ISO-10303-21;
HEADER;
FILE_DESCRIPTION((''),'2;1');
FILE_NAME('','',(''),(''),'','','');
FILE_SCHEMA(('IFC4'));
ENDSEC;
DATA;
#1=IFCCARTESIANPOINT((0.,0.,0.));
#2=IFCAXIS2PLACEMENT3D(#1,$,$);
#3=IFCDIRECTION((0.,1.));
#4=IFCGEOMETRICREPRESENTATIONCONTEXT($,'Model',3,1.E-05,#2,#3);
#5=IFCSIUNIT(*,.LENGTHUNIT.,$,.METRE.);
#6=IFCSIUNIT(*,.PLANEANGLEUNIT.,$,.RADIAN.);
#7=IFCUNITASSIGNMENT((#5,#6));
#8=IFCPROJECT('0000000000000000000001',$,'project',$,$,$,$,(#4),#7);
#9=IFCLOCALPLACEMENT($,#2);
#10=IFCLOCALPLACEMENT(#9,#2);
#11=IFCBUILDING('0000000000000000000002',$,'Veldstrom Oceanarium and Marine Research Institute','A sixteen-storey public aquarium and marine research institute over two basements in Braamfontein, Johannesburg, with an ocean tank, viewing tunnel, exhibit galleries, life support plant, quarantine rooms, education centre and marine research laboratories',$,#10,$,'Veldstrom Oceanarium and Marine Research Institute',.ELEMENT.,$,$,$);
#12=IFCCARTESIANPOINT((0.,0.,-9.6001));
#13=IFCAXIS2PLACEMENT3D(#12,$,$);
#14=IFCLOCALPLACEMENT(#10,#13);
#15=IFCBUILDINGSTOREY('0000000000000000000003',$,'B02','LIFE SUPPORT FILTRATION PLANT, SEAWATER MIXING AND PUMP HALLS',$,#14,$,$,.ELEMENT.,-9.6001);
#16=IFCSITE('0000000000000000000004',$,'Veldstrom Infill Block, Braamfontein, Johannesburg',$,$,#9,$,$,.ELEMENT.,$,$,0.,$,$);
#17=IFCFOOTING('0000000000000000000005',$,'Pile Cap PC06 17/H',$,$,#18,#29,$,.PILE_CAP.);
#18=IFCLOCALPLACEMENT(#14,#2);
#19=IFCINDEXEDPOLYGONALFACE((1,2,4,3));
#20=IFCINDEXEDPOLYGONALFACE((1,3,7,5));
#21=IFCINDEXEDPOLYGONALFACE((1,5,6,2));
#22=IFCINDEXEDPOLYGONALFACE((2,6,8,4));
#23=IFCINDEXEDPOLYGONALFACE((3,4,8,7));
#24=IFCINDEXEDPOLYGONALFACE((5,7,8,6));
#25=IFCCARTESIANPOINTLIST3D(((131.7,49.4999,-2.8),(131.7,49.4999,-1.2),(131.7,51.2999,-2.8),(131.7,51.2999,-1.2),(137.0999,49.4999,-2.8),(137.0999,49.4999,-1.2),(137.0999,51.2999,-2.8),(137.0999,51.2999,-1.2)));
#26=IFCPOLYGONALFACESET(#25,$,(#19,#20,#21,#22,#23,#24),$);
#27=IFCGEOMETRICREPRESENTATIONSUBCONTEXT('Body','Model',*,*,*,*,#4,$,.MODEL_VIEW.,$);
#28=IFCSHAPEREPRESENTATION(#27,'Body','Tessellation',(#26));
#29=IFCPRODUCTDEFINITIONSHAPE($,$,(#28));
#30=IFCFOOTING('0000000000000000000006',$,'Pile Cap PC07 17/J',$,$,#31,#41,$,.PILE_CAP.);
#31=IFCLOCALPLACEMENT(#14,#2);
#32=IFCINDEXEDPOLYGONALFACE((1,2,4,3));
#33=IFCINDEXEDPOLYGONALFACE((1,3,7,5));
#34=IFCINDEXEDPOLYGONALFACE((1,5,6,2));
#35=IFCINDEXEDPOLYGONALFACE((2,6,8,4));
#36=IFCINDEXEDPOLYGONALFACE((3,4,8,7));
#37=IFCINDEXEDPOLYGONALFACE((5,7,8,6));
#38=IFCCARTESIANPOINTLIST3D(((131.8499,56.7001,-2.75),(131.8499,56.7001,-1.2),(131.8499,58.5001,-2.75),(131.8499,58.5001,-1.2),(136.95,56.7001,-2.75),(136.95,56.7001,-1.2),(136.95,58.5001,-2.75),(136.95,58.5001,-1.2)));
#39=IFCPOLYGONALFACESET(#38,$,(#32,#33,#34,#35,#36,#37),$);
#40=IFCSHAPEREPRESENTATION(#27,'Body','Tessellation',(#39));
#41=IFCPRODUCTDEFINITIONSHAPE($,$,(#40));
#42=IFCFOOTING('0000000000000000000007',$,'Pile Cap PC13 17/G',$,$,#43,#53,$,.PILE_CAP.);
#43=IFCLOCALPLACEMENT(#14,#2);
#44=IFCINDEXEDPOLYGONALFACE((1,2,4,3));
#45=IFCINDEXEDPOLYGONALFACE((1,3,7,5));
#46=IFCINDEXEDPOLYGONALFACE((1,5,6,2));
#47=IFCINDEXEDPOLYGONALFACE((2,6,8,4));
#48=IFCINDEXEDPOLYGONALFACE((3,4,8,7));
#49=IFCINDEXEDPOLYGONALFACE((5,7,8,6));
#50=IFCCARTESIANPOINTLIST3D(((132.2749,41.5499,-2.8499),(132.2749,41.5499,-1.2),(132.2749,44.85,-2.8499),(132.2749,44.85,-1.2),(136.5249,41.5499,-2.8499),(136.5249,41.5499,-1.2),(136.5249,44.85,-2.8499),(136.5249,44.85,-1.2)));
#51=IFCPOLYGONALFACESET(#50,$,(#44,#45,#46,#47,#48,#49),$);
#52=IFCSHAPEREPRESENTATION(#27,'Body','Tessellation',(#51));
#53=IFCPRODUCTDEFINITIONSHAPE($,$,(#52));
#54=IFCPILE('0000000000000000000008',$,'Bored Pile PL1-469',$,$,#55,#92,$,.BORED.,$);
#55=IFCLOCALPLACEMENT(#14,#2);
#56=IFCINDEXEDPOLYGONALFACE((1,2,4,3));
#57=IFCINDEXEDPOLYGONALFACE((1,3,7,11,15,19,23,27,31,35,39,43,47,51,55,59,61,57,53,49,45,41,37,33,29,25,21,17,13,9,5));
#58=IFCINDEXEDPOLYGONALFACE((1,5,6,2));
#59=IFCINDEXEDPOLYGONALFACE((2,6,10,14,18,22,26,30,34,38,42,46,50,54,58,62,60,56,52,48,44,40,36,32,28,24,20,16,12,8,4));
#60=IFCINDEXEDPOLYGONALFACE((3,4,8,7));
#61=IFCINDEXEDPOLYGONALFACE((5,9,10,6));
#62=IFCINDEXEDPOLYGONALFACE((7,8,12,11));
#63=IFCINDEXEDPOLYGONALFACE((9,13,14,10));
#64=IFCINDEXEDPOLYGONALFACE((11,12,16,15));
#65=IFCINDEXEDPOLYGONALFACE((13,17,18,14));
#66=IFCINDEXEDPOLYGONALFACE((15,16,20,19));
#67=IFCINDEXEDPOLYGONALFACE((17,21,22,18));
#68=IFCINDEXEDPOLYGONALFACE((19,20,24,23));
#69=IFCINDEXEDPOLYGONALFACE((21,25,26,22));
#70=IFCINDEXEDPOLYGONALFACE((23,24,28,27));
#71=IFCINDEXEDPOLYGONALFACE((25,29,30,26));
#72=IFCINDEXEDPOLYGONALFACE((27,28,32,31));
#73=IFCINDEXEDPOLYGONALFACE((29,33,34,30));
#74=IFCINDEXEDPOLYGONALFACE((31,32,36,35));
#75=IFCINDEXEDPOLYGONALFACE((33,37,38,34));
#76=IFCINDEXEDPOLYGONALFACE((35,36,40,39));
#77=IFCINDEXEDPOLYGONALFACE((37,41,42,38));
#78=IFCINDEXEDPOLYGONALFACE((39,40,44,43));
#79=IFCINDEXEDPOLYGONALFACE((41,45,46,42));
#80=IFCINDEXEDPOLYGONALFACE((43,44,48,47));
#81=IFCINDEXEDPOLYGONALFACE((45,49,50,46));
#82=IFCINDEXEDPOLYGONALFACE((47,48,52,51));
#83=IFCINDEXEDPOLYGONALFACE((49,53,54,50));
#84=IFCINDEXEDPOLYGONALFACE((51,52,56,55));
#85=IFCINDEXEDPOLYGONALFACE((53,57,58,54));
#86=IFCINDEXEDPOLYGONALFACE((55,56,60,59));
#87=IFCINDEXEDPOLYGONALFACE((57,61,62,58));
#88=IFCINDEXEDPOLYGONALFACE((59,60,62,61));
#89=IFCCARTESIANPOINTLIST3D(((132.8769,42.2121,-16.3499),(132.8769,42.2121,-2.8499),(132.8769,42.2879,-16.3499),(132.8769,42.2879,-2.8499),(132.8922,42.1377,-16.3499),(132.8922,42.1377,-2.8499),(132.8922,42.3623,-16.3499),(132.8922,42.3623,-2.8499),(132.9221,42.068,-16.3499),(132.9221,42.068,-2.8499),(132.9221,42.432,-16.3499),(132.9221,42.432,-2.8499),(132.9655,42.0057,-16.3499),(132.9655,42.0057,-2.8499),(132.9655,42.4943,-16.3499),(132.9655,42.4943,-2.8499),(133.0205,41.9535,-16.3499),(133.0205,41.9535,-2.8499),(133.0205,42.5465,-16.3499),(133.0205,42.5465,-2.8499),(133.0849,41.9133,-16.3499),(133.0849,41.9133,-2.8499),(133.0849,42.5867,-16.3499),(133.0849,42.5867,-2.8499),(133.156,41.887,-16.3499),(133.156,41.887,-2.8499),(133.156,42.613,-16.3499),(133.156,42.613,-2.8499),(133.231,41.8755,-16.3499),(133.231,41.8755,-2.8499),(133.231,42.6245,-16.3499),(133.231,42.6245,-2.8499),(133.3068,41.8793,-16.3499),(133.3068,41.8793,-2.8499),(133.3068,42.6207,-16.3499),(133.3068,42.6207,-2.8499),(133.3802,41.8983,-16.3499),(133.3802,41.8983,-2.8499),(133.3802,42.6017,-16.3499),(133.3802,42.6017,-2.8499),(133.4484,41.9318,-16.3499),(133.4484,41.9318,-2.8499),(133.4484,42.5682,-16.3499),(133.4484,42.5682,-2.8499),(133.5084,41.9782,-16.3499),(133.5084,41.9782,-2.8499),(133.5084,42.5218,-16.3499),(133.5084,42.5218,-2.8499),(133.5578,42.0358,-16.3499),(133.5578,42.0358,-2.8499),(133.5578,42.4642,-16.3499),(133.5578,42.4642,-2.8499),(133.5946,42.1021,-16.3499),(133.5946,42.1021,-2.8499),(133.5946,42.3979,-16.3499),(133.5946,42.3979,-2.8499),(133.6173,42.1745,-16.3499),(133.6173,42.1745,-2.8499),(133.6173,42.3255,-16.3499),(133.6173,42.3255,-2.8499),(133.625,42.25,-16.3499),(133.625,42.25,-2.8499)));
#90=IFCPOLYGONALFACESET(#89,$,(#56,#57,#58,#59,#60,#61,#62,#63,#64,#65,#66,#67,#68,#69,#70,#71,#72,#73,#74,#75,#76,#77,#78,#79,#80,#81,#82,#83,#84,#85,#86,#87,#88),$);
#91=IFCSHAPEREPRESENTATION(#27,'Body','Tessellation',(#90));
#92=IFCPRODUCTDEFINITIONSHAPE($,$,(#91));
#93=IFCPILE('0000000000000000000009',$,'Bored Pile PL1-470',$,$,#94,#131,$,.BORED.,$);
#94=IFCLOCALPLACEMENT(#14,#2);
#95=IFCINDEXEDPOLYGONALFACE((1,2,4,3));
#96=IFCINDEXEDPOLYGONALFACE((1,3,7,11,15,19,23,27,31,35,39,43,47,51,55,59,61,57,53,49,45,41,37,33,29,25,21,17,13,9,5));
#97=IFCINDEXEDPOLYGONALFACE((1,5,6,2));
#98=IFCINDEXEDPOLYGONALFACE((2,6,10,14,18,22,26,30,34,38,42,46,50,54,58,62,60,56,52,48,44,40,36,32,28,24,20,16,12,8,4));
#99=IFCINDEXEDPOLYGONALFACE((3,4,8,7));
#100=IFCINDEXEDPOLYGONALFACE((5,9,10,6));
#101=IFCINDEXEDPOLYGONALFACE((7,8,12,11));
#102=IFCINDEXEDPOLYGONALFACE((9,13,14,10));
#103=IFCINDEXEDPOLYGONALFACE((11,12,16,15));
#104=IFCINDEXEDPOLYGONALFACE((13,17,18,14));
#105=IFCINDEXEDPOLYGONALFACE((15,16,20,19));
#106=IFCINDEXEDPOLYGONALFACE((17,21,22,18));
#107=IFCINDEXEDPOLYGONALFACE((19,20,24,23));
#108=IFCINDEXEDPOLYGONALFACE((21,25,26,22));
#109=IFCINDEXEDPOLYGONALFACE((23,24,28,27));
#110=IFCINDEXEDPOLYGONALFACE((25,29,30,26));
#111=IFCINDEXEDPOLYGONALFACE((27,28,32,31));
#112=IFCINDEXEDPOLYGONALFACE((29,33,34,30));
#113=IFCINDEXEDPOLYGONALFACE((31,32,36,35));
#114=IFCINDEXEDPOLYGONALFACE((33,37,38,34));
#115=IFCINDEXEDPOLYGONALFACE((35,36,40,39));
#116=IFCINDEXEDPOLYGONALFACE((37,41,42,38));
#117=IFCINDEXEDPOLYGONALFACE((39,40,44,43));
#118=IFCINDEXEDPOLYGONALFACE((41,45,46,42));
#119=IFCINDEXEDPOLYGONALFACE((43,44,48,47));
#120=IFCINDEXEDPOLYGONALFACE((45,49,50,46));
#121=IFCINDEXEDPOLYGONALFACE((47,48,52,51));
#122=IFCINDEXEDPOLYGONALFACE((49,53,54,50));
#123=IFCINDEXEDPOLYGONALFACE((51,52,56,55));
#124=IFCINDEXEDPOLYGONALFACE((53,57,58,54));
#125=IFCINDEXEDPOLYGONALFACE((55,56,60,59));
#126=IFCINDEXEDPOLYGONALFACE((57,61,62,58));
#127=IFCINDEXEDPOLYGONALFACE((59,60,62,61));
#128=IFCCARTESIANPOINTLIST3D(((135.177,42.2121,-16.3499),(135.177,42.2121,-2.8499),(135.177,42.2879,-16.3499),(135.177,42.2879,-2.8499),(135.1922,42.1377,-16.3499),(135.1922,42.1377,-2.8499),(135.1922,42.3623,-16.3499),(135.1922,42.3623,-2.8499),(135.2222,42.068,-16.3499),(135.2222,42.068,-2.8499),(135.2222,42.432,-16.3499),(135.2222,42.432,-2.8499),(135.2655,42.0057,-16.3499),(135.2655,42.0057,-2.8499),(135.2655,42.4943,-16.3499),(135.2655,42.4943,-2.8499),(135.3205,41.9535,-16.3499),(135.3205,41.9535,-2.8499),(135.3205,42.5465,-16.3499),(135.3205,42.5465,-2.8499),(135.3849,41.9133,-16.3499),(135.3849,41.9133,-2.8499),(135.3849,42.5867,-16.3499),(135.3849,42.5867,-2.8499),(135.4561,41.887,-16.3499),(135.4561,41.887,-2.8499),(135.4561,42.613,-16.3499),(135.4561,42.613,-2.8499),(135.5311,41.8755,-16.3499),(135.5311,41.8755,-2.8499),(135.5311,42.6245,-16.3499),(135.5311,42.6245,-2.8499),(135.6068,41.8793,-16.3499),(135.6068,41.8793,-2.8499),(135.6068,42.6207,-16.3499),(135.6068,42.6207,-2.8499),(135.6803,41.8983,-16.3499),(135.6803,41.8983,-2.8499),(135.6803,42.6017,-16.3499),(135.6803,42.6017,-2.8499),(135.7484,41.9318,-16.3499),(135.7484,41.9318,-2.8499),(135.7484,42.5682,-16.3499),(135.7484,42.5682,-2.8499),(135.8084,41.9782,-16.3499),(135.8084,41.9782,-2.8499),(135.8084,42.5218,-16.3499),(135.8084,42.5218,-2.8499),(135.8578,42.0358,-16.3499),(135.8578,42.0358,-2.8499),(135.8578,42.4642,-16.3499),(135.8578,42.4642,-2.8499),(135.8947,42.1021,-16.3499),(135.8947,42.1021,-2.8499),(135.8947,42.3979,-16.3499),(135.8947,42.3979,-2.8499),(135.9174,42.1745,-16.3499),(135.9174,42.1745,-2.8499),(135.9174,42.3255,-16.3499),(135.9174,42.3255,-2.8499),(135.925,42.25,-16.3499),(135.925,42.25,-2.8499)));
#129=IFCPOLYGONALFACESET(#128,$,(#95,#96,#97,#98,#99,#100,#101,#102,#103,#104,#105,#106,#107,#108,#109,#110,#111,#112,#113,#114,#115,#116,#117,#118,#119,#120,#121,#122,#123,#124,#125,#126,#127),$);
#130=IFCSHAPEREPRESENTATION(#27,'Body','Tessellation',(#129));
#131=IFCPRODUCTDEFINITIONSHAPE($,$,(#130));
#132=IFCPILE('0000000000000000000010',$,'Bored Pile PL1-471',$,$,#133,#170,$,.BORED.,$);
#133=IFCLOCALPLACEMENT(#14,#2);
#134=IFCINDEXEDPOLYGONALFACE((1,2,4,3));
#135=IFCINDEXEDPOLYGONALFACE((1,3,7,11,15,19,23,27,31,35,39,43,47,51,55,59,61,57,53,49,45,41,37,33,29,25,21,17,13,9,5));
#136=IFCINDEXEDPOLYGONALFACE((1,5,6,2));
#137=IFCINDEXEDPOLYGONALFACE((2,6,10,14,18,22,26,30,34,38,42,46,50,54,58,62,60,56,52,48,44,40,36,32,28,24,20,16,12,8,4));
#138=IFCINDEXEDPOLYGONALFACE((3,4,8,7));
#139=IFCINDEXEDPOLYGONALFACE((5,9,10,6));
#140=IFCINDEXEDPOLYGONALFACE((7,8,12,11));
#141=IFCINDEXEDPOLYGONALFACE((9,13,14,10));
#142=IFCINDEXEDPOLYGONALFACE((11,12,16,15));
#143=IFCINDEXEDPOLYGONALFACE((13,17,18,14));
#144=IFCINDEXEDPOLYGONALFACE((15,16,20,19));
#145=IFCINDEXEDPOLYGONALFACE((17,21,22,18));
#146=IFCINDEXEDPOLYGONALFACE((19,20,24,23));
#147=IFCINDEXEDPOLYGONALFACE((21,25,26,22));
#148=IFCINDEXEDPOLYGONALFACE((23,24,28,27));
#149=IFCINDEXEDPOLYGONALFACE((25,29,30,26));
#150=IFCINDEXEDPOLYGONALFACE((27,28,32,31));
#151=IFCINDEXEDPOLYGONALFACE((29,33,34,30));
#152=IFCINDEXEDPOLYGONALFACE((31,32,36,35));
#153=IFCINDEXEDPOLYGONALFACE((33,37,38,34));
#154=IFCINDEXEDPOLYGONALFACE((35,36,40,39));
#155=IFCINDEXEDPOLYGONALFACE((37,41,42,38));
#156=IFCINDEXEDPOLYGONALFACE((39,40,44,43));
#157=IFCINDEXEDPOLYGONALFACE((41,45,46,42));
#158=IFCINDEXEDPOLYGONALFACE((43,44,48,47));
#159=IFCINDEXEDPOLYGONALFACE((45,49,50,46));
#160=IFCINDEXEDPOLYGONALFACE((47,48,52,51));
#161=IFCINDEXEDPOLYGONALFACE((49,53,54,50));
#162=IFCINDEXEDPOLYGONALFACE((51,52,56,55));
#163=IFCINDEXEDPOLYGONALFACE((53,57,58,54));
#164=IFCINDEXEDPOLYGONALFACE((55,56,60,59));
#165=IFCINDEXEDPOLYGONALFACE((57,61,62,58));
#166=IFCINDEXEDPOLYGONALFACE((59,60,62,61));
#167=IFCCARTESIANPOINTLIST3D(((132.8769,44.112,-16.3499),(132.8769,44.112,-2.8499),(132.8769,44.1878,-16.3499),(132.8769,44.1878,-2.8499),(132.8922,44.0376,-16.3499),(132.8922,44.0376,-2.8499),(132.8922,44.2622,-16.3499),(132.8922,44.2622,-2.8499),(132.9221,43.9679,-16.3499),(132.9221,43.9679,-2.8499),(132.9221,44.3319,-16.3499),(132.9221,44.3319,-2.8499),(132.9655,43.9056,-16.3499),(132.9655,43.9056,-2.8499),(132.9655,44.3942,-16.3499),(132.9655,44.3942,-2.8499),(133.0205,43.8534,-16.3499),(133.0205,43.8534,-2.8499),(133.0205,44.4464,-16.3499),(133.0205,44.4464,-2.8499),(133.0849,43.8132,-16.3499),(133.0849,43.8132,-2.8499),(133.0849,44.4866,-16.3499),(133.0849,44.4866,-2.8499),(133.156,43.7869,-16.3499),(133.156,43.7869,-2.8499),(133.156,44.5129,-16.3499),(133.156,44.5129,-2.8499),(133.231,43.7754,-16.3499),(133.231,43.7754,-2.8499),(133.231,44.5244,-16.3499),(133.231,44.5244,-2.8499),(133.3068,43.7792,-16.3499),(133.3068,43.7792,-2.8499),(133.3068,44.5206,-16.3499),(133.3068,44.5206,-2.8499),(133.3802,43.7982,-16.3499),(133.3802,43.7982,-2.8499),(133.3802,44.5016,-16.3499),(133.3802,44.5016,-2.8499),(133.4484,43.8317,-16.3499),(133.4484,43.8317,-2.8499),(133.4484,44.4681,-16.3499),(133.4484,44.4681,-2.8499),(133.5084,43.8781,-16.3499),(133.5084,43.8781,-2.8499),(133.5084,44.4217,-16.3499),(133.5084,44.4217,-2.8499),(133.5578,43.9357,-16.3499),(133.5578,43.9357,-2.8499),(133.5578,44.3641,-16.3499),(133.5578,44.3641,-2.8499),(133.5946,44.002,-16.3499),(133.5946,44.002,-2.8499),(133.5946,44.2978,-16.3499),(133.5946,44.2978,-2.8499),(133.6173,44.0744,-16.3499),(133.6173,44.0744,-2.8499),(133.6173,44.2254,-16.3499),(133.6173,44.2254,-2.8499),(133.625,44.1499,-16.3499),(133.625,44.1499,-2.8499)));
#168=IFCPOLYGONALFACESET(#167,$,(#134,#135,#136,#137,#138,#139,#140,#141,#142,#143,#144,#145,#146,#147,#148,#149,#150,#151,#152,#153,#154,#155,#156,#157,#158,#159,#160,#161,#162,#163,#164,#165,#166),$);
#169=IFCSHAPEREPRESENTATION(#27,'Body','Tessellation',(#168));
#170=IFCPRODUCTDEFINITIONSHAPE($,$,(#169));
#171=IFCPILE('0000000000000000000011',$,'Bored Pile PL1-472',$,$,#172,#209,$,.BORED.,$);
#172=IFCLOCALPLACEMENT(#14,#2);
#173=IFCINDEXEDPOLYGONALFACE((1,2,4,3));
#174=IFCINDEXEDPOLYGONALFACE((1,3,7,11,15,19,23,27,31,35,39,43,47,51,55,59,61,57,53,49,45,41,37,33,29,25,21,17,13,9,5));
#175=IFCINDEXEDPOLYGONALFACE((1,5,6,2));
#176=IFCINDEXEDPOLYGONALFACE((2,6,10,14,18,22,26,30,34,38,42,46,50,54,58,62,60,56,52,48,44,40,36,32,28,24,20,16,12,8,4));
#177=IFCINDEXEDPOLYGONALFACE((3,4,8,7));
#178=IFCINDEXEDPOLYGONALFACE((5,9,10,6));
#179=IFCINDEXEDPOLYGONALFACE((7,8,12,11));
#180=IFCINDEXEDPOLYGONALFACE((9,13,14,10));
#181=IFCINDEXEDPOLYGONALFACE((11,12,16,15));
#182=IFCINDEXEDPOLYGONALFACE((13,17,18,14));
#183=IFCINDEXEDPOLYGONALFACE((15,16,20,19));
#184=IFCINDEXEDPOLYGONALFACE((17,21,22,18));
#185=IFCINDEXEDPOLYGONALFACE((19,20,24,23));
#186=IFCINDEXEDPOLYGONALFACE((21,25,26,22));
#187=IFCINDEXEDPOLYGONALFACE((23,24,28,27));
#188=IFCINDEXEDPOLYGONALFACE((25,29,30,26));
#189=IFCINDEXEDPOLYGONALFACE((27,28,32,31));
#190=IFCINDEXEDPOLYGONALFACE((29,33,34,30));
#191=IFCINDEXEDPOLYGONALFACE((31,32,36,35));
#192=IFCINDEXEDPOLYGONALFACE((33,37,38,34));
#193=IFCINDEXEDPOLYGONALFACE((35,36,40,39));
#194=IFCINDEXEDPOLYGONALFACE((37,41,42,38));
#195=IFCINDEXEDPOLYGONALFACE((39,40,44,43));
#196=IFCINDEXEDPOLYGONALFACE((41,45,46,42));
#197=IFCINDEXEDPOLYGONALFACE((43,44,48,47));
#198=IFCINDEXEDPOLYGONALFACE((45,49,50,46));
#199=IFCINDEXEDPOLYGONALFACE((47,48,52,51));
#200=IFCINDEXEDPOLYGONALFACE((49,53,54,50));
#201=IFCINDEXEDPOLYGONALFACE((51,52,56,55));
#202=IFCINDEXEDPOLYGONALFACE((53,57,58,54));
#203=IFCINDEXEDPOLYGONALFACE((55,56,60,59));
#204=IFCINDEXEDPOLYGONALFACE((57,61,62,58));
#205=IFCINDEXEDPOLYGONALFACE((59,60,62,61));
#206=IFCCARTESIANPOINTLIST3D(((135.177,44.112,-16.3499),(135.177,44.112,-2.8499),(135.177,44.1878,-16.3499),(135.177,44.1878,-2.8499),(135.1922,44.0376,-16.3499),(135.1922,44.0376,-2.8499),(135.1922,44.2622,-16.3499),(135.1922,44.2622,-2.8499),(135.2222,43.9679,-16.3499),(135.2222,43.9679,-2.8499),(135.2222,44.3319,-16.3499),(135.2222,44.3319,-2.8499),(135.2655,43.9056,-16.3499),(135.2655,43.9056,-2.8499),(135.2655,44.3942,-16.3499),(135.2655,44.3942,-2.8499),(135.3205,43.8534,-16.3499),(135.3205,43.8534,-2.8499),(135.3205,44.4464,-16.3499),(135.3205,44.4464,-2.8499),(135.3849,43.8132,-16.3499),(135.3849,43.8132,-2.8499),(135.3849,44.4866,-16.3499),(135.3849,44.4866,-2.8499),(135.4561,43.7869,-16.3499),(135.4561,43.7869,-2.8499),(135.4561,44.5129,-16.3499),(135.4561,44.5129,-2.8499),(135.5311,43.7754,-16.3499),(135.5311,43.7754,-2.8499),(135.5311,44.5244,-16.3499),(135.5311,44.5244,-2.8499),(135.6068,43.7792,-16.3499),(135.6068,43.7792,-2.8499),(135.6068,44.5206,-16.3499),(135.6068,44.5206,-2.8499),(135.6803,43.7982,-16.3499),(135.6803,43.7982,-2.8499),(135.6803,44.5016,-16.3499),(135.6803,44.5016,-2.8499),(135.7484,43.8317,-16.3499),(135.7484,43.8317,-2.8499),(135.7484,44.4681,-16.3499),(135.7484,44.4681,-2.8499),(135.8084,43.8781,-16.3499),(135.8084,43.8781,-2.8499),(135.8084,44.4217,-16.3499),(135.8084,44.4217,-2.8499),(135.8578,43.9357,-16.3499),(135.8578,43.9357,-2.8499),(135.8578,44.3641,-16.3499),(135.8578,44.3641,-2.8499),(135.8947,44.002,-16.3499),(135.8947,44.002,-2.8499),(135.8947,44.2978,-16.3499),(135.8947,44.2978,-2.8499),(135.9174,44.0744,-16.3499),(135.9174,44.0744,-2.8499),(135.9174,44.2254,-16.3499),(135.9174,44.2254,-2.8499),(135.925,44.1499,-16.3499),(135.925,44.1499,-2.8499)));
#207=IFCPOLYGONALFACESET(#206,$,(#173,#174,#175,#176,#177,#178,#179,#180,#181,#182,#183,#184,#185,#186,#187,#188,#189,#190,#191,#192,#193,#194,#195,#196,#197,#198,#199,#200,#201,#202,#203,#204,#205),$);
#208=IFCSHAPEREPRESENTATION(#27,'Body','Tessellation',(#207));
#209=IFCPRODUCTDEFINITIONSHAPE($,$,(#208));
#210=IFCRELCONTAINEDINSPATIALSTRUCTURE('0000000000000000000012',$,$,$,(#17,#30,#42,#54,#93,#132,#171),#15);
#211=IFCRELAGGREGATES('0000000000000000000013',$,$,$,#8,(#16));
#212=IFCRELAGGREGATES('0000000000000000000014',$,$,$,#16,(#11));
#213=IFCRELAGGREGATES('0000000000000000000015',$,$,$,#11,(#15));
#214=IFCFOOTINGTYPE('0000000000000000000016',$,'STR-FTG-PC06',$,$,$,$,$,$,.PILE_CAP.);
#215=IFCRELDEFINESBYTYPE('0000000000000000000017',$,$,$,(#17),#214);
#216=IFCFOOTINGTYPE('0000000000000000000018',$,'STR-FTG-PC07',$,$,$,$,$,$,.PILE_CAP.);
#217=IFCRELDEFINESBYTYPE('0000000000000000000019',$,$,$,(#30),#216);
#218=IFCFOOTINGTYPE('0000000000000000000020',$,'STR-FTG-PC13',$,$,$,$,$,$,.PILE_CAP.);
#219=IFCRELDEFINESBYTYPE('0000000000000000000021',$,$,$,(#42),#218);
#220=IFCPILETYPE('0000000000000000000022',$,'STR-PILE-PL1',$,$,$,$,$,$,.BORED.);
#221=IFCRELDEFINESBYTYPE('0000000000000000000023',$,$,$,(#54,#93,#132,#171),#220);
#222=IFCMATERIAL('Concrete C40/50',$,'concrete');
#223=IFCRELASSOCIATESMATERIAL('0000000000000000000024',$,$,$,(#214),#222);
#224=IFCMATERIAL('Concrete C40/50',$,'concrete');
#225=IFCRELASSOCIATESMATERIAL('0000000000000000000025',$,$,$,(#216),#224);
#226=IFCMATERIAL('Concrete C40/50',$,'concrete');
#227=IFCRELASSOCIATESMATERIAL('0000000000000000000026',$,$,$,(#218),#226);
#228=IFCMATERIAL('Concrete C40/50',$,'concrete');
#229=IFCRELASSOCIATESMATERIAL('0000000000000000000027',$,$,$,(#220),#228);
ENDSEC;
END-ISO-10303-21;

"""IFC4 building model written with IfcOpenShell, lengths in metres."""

from ifc_helpers import new_model, si_unit, direction, frame, origin, origin_2d, place, context, subcontext, project, spatial, rectangle, circle, extrude, material, material_profile, profile_set, type_object, element, save


model = new_model("IFC4")

# Units and contexts
model_context = context("Model", 3, precision=1e-05, world=origin(), true_north=direction((0.0, 1.0)))
body_context = subcontext(model_context, "Body", "Model", "MODEL_VIEW")
ifc_project = project(units=[si_unit("LENGTHUNIT", "METRE"), si_unit("PLANEANGLEUNIT", "RADIAN")], contexts=[model_context])

# Site, building, storey
site_placement = place(None, origin())
site = spatial("IfcSite", under=ifc_project, at=site_placement, Name="Veldstrom Infill Block, Braamfontein, Johannesburg", CompositionType="ELEMENT", RefElevation=0.0)
building_placement = place(site_placement, origin())
building = spatial("IfcBuilding", under=site, at=building_placement, Name="Veldstrom Oceanarium and Marine Research Institute", Description="A sixteen-storey public aquarium and marine research institute over two basements in Braamfontein, Johannesburg, with an ocean tank, viewing tunnel, exhibit galleries, life support plant, quarantine rooms, education centre and marine research laboratories", LongName="Veldstrom Oceanarium and Marine Research Institute", CompositionType="ELEMENT")
storey_placement = place(building_placement, frame((0.0, 0.0, -9.6001)))
storey = spatial("IfcBuildingStorey", under=building, at=storey_placement, Name="B02", Description="LIFE SUPPORT FILTRATION PLANT, SEAWATER MIXING AND PUMP HALLS", CompositionType="ELEMENT", Elevation=-9.6001)

# Footings
ifc_material_1 = material(Name="Concrete C40/50", Category="concrete")
footing_type_1 = type_object("IfcFootingType", Name="STR-FTG-PC06", PredefinedType="PILE_CAP", material=ifc_material_1)
footing_1_placement = place(storey_placement, frame((134.3999, 50.3999, -2.8), z_axis=(0.0, 0.0, 1.0), x_axis=(1.0, 0.0, 0.0)))
element("IfcFooting", 1, at=footing_1_placement, inside=storey, type_object=footing_type_1, Name="Pile Cap PC06 17/H", PredefinedType="PILE_CAP", context=body_context, shape_type="SweptSolid", body=[
    extrude(rectangle(XDim=5.3999, YDim=1.8, at=origin_2d()), origin(), (0.0, 0.0, 1.0), 1.6001),
])
ifc_material_2 = material(Name="Concrete C40/50", Category="concrete")
footing_type_2 = type_object("IfcFootingType", Name="STR-FTG-PC07", PredefinedType="PILE_CAP", material=ifc_material_2)
footing_2_placement = place(storey_placement, frame((134.3999, 57.6001, -2.75), z_axis=(0.0, 0.0, 1.0), x_axis=(1.0, 0.0, 0.0)))
element("IfcFooting", 2, at=footing_2_placement, inside=storey, type_object=footing_type_2, Name="Pile Cap PC07 17/J", PredefinedType="PILE_CAP", context=body_context, shape_type="SweptSolid", body=[
    extrude(rectangle(XDim=5.1001, YDim=1.8, at=origin_2d()), origin(), (0.0, 0.0, 1.0), 1.55),
])
ifc_material_3 = material(Name="Concrete C40/50", Category="concrete")
footing_type_3 = type_object("IfcFootingType", Name="STR-FTG-PC13", PredefinedType="PILE_CAP", material=ifc_material_3)
footing_3_placement = place(storey_placement, frame((134.3999, 43.2, -2.8499), z_axis=(0.0, 0.0, 1.0), x_axis=(1.0, 0.0, 0.0)))
element("IfcFooting", 3, at=footing_3_placement, inside=storey, type_object=footing_type_3, Name="Pile Cap PC13 17/G", PredefinedType="PILE_CAP", context=body_context, shape_type="SweptSolid", body=[
    extrude(rectangle(XDim=4.25, YDim=3.3, at=origin_2d()), origin(), (0.0, 0.0, 1.0), 1.6499),
])

# Piles
ifc_material_4 = material(Name="Concrete C40/50", Category="concrete")
ifc_material_profile_1 = material_profile(ifc_material_4, circle(Radius=0.375, at=origin_2d()), Name="PILE-D750")
ifc_profile_set_1 = profile_set([ifc_material_profile_1], Name="Concrete C40/50")
pile_type = type_object("IfcPileType", Name="STR-PILE-PL1", PredefinedType="BORED", material=ifc_profile_set_1)
for number, where, z_axis, x_axis, name in (
    (4, (133.25, 42.25, -2.8499), (0.0, 0.0, -1.0), (1.0, 0.0, 0.0), "Bored Pile PL1-469"),
    (5, (135.55, 42.25, -2.8499), (0.0, 0.0, -1.0), (1.0, 0.0, 0.0), "Bored Pile PL1-470"),
    (6, (133.25, 44.1499, -2.8499), (0.0, 0.0, -1.0), (1.0, 0.0, 0.0), "Bored Pile PL1-471"),
    (7, (135.55, 44.1499, -2.8499), (0.0, 0.0, -1.0), (1.0, 0.0, 0.0), "Bored Pile PL1-472"),
):
    element("IfcPile", number, at=place(storey_placement, frame(where, z_axis=z_axis, x_axis=x_axis)), inside=storey, type_object=pile_type, Name=name, PredefinedType="BORED", context=body_context, shape_type="SweptSolid", body=[
        extrude(circle(Radius=0.375, at=origin_2d()), origin(), (0.0, 0.0, 1.0), 13.5),
    ])

save(model, "model.ifc")
